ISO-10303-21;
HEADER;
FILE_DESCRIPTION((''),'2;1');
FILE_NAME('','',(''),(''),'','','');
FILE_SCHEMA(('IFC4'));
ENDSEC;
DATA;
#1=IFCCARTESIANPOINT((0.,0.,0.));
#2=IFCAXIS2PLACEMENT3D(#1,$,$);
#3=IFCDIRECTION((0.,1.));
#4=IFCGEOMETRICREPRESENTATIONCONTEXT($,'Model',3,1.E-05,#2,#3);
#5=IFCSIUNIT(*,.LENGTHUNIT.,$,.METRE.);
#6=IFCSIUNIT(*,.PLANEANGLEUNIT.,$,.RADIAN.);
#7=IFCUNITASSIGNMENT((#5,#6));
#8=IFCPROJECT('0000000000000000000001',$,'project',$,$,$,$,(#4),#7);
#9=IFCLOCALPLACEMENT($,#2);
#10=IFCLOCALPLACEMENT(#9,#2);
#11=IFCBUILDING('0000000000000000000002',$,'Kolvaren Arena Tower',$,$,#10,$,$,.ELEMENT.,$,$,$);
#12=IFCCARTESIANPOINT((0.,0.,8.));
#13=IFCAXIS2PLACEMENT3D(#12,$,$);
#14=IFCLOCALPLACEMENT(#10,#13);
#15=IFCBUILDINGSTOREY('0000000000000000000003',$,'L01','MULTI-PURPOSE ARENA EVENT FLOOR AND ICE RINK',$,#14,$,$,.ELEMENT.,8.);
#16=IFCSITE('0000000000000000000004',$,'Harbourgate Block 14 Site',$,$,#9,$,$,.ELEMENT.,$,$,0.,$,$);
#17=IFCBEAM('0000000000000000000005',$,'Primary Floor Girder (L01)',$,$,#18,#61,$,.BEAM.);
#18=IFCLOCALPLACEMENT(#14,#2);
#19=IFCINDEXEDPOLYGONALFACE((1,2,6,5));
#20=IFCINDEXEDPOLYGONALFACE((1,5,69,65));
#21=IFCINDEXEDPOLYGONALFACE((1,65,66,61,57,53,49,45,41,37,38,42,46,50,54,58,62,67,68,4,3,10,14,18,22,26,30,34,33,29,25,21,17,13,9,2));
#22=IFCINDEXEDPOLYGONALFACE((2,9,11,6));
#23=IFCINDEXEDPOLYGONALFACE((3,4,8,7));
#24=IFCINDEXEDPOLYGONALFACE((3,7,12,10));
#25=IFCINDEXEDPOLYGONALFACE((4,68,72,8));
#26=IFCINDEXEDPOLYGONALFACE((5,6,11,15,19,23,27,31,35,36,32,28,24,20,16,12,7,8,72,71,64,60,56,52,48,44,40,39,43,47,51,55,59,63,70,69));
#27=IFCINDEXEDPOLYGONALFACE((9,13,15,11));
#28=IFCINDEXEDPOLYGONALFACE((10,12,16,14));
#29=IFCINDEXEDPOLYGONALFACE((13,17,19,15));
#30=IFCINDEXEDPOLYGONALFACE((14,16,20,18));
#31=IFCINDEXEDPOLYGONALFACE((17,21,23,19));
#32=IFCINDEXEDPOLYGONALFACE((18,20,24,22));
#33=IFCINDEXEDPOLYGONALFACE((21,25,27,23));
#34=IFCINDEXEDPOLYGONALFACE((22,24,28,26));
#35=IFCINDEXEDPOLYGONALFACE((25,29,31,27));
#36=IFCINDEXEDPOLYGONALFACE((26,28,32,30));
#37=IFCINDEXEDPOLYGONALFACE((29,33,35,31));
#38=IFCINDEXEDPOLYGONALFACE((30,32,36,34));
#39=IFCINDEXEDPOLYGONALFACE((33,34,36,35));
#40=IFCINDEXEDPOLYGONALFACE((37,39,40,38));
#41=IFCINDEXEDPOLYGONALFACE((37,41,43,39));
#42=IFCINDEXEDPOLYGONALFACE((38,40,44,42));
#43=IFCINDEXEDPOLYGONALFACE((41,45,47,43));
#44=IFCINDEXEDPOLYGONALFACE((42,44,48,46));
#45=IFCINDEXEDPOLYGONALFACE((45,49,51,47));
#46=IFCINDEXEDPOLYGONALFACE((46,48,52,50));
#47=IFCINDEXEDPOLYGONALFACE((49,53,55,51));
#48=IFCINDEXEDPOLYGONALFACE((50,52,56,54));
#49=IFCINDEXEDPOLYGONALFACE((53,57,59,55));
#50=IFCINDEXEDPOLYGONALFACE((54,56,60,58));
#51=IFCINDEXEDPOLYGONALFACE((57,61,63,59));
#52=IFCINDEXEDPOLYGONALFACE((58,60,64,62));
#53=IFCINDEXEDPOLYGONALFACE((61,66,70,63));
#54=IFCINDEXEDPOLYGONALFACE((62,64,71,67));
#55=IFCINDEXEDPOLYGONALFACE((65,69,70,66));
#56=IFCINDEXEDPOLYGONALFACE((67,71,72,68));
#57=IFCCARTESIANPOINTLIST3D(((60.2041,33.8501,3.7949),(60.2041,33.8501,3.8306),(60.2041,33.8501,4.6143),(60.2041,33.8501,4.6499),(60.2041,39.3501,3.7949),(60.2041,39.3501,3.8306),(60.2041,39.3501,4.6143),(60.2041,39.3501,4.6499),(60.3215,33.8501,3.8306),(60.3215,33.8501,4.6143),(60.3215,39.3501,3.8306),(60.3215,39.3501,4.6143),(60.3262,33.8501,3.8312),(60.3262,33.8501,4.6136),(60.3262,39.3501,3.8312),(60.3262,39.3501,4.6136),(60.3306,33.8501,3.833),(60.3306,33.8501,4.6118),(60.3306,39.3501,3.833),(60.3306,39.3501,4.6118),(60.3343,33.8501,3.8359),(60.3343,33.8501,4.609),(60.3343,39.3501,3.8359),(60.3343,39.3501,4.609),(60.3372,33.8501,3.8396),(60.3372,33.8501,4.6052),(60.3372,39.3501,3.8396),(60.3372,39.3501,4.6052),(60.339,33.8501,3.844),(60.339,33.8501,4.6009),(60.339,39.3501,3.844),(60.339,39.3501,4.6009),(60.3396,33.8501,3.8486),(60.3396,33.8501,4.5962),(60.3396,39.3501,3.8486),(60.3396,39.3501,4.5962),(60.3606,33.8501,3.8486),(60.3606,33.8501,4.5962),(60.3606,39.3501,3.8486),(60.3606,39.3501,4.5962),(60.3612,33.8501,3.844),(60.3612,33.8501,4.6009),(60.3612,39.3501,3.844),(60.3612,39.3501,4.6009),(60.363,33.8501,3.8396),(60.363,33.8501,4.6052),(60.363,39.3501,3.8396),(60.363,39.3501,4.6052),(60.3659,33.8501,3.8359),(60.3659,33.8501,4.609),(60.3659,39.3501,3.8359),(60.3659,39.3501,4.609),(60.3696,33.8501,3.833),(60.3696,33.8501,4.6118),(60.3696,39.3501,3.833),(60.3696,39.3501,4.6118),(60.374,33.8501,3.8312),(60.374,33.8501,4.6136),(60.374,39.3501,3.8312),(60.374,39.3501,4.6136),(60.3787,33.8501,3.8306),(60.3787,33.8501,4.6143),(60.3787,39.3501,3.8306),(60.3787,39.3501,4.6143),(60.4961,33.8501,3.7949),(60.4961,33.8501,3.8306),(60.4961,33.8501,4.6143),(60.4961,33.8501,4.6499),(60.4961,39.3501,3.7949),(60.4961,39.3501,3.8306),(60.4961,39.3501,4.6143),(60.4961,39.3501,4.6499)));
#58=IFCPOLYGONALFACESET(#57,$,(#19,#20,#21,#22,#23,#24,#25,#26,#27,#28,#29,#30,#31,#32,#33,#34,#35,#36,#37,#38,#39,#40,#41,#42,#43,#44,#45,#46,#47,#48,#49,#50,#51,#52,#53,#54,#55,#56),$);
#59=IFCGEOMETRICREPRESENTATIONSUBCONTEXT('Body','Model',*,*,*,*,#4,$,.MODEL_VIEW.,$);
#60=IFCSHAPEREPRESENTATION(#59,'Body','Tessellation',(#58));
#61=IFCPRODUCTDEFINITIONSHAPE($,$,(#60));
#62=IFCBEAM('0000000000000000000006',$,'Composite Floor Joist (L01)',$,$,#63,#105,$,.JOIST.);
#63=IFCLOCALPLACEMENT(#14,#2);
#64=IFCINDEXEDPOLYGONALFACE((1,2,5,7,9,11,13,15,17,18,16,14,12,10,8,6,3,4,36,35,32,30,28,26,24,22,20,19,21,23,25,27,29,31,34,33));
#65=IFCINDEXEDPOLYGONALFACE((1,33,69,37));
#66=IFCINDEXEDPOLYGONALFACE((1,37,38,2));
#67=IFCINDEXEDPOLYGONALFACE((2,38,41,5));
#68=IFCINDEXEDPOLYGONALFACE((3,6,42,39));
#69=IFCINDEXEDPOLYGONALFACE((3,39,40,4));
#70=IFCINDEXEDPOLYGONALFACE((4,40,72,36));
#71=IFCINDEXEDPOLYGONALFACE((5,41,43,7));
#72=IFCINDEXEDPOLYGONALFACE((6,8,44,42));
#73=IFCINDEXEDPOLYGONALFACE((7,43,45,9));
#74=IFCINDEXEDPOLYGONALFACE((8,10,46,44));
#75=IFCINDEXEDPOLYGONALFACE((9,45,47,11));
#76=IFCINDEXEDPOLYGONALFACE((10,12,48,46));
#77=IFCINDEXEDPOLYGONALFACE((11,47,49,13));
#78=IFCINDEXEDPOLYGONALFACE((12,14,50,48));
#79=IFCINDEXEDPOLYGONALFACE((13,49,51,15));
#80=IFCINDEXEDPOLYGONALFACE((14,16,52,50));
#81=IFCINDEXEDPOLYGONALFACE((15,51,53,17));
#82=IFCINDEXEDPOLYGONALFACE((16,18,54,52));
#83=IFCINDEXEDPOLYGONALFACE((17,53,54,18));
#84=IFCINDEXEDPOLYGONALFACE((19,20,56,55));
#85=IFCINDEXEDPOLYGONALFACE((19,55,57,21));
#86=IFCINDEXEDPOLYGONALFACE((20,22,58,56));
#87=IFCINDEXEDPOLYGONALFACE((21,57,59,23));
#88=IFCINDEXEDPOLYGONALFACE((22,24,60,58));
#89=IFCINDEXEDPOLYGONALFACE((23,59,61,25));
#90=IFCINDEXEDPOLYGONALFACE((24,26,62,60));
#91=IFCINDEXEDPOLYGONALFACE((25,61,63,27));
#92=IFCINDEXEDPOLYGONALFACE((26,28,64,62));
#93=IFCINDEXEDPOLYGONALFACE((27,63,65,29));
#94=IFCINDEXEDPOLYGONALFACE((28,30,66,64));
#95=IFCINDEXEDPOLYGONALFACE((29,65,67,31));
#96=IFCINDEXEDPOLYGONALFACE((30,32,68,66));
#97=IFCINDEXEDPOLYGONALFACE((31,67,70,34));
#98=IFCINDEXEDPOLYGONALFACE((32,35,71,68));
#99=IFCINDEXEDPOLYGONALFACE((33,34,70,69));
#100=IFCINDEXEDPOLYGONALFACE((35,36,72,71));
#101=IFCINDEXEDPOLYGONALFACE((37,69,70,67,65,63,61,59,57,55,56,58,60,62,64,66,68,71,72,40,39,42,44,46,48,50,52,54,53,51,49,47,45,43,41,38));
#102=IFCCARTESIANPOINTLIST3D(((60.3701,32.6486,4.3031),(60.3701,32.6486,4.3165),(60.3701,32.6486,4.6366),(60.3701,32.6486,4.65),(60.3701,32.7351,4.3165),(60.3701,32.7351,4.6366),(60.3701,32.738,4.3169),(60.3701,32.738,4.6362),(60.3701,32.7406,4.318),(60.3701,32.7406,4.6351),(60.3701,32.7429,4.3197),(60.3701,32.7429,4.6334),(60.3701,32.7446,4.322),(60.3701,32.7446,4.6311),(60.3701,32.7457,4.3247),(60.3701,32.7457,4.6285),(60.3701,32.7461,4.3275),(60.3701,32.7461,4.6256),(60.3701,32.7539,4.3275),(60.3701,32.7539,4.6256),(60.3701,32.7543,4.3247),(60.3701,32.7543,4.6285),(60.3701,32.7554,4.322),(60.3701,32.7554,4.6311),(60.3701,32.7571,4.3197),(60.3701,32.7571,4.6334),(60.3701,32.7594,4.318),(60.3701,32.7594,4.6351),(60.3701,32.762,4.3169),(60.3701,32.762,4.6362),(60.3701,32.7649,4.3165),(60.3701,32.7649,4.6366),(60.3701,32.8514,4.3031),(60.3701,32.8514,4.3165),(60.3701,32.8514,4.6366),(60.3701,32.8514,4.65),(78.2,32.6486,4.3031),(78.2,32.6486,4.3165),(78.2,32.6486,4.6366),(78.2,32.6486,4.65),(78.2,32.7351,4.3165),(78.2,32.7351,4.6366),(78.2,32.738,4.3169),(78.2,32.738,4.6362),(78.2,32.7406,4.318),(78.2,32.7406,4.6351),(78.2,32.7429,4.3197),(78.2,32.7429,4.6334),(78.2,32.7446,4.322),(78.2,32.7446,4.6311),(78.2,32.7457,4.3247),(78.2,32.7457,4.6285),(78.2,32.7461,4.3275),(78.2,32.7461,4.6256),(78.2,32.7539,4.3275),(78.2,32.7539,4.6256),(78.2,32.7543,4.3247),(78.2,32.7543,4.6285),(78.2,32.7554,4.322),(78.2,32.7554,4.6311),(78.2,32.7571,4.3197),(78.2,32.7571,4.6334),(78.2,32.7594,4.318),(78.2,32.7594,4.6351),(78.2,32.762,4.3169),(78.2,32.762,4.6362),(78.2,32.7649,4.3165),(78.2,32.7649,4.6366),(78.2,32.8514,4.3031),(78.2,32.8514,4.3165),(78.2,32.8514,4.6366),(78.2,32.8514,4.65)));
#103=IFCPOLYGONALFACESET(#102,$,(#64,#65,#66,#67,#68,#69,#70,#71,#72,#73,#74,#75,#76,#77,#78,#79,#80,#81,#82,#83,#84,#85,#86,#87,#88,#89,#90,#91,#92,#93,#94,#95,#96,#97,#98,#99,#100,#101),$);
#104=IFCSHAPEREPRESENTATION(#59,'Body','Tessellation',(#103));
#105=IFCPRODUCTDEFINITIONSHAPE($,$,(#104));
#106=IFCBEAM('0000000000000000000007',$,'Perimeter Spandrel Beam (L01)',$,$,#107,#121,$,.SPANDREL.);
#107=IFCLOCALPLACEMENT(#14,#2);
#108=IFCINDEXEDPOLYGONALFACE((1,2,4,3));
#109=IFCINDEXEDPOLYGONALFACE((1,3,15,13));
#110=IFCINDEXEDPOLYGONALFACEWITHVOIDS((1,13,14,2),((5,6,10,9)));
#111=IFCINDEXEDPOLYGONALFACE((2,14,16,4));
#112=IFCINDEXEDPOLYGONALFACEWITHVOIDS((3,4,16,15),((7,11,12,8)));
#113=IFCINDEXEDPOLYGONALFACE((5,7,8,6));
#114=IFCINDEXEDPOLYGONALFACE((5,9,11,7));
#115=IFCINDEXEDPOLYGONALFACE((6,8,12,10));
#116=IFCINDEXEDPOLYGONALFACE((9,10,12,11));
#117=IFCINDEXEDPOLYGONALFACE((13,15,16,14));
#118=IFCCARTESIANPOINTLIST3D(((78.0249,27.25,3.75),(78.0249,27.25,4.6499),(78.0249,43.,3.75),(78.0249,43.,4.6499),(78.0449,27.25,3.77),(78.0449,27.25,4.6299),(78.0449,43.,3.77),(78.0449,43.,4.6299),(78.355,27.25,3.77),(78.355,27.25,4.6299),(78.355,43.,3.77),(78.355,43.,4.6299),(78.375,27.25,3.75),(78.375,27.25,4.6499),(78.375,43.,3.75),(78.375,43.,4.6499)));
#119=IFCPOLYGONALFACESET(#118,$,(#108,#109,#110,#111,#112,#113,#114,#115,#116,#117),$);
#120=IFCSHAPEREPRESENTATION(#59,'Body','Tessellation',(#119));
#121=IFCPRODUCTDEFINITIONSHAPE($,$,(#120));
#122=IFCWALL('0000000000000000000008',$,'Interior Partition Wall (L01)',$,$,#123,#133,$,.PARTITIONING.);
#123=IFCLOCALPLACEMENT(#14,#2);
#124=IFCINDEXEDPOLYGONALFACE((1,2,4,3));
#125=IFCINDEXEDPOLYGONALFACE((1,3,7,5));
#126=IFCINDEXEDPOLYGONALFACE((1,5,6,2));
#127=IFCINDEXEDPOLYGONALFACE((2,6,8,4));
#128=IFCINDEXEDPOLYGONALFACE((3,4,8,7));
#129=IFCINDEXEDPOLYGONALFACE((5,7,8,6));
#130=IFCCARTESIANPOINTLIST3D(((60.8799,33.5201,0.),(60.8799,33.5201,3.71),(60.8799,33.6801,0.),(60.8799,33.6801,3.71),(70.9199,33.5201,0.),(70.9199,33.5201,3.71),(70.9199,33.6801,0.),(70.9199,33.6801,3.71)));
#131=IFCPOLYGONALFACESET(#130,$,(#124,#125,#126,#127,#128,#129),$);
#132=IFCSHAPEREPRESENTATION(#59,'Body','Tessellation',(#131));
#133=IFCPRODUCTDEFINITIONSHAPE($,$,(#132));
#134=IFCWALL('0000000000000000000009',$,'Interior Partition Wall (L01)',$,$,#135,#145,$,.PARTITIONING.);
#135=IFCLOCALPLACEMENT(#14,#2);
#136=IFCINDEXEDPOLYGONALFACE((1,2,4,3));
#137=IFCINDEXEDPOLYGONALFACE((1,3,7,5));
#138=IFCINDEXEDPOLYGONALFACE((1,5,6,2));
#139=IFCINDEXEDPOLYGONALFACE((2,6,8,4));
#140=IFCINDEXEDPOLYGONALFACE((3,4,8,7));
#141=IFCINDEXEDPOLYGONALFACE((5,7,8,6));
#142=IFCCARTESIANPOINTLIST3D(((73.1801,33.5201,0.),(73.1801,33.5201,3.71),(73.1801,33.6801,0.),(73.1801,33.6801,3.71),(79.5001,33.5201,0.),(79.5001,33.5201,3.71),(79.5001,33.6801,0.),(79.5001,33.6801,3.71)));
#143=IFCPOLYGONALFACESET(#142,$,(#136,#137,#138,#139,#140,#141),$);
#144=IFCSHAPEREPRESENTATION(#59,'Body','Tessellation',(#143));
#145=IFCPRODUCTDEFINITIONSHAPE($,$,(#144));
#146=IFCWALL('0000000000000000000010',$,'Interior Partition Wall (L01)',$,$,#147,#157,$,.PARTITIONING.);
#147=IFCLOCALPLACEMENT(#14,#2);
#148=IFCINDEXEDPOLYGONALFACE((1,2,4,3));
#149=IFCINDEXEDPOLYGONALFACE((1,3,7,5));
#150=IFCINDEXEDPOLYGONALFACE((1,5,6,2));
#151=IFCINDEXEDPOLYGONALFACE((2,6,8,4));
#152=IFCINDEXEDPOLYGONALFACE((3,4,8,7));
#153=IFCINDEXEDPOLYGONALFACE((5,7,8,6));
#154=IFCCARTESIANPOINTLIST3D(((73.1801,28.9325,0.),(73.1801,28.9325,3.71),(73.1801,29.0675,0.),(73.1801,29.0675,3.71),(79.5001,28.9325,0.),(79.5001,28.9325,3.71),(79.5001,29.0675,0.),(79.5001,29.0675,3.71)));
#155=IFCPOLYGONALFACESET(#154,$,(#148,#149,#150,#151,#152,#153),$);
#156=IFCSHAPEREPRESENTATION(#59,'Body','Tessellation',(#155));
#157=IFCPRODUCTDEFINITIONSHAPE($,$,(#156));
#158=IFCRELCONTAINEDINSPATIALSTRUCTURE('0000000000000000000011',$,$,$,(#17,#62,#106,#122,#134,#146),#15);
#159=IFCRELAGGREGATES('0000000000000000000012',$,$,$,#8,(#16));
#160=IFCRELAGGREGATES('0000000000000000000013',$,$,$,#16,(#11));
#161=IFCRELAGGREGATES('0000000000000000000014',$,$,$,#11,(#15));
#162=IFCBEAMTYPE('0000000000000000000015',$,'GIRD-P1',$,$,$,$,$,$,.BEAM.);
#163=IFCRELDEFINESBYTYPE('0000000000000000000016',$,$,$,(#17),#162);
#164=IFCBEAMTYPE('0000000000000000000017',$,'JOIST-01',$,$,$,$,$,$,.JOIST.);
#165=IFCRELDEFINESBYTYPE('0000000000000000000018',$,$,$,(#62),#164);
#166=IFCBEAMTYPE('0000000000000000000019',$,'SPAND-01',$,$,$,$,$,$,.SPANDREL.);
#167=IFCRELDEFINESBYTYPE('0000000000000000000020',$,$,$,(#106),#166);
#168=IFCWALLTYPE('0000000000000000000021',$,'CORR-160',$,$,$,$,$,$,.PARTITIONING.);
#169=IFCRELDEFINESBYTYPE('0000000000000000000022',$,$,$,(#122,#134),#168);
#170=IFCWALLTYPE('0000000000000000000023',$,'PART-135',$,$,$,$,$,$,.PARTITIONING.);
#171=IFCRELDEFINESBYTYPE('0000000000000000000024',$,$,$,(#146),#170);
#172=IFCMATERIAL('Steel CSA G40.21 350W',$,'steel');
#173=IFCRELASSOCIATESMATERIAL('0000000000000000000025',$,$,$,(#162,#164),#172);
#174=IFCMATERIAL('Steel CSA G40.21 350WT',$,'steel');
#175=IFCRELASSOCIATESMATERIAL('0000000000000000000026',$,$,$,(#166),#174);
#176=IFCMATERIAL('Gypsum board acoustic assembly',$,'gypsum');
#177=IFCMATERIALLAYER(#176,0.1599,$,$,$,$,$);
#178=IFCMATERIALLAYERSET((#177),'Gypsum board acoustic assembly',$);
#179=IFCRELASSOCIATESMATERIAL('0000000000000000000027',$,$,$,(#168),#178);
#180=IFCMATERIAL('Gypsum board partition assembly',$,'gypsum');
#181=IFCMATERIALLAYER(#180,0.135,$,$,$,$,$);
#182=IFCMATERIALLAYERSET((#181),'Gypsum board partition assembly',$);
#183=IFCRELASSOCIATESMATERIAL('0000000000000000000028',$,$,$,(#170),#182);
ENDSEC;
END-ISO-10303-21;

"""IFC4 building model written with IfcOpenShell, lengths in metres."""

from ifc_helpers import new_model, si_unit, direction, frame, frame_2d, origin, origin_2d, place, context, subcontext, project, spatial, rectangle, hollow_rectangle, i_section, extrude, material, layer, layer_set, material_profile, profile_set, type_object, element, save


model = new_model("IFC4")

# Units and contexts
model_context = context("Model", 3, precision=1e-05, world=origin(), true_north=direction((0.0, 1.0)))
body_context = subcontext(model_context, "Body", "Model", "MODEL_VIEW")
ifc_project = project(units=[si_unit("LENGTHUNIT", "METRE"), si_unit("PLANEANGLEUNIT", "RADIAN")], contexts=[model_context])

# Site, building, storey
site_placement = place(None, origin())
site = spatial("IfcSite", under=ifc_project, at=site_placement, Name="Harbourgate Block 14 Site", CompositionType="ELEMENT", RefElevation=0.0)
building_placement = place(site_placement, origin())
building = spatial("IfcBuilding", under=site, at=building_placement, Name="Kolvaren Arena Tower", CompositionType="ELEMENT")
storey_placement = place(building_placement, frame((0.0, 0.0, 8.0)))
storey = spatial("IfcBuildingStorey", under=building, at=storey_placement, Name="L01", Description="MULTI-PURPOSE ARENA EVENT FLOOR AND ICE RINK", CompositionType="ELEMENT", Elevation=8.0)

# Beams
ifc_material_1 = material(Name="Steel CSA G40.21 350W", Category="steel")
ifc_material_profile_1 = material_profile(ifc_material_1, i_section(OverallWidth=0.292, OverallDepth=0.855, WebThickness=0.021, FlangeThickness=0.0356, FilletRadius=0.0181, at=origin_2d()), Name="W840x299")
ifc_profile_set_1 = profile_set([ifc_material_profile_1], Name="Steel CSA G40.21 350W")
beam_type_1 = type_object("IfcBeamType", Name="GIRD-P1", PredefinedType="BEAM", material=ifc_profile_set_1)
beam_1_placement = place(storey_placement, frame((60.3501, 33.8501, 4.2224), z_axis=(0.0, 1.0, 0.0), x_axis=(-1.0, 0.0, 0.0)))
element("IfcBeam", 1, at=beam_1_placement, inside=storey, type_object=beam_type_1, Name="Primary Floor Girder (L01)", PredefinedType="BEAM", context=body_context, shape_type="SweptSolid", body=[
    extrude(i_section(OverallWidth=0.292, OverallDepth=0.855, WebThickness=0.021, FlangeThickness=0.0356, FilletRadius=0.0181, at=origin_2d()), origin(), (0.0, 0.0, 1.0), 5.5),
])
ifc_material_profile_2 = material_profile(ifc_material_1, i_section(OverallWidth=0.2029, OverallDepth=0.3469, WebThickness=0.0078, FlangeThickness=0.0134, FilletRadius=0.011, at=origin_2d()), Name="W360x64")
ifc_profile_set_2 = profile_set([ifc_material_profile_2], Name="Steel CSA G40.21 350W")
beam_type_2 = type_object("IfcBeamType", Name="JOIST-01", PredefinedType="JOIST", material=ifc_profile_set_2)
beam_2_placement = place(storey_placement, frame((60.3701, 32.75, 4.4766), z_axis=(1.0, 0.0, 0.0), x_axis=(0.0, 1.0, 0.0)))
element("IfcBeam", 2, at=beam_2_placement, inside=storey, type_object=beam_type_2, Name="Composite Floor Joist (L01)", PredefinedType="JOIST", context=body_context, shape_type="SweptSolid", body=[
    extrude(i_section(OverallWidth=0.2029, OverallDepth=0.3469, WebThickness=0.0078, FlangeThickness=0.0134, FilletRadius=0.011, at=origin_2d()), origin(), (0.0, 0.0, 1.0), 17.8298),
])
ifc_material_2 = material(Name="Steel CSA G40.21 350WT", Category="steel")
ifc_material_profile_3 = material_profile(ifc_material_2, hollow_rectangle(XDim=0.3501, YDim=0.8999, WallThickness=0.02, at=origin_2d()), Name="HSS 900x350x20")
ifc_profile_set_3 = profile_set([ifc_material_profile_3], Name="Steel CSA G40.21 350WT")
beam_type_3 = type_object("IfcBeamType", Name="SPAND-01", PredefinedType="SPANDREL", material=ifc_profile_set_3)
beam_3_placement = place(storey_placement, frame((78.2, 27.25, 4.2), z_axis=(0.0, 1.0, 0.0), x_axis=(-1.0, 0.0, 0.0)))
element("IfcBeam", 3, at=beam_3_placement, inside=storey, type_object=beam_type_3, Name="Perimeter Spandrel Beam (L01)", PredefinedType="SPANDREL", context=body_context, shape_type="SweptSolid", body=[
    extrude(hollow_rectangle(XDim=0.3501, YDim=0.8999, WallThickness=0.02, at=origin_2d()), origin(), (0.0, 0.0, 1.0), 15.75),
])

# Walls
ifc_material_3 = material(Name="Gypsum board acoustic assembly", Category="gypsum")
ifc_layer_1 = layer(ifc_material_3, 0.1599)
ifc_layer_set_1 = layer_set([ifc_layer_1], Name="Gypsum board acoustic assembly")
wall_type_1 = type_object("IfcWallType", Name="CORR-160", PredefinedType="PARTITIONING", material=ifc_layer_set_1)
wall_1_placement = place(storey_placement, frame((60.8799, 33.6001, 0.0), z_axis=(0.0, 0.0, 1.0), x_axis=(1.0, 0.0, 0.0)))
element("IfcWall", 4, at=wall_1_placement, inside=storey, type_object=wall_type_1, Name="Interior Partition Wall (L01)", PredefinedType="PARTITIONING", context=body_context, shape_type="SweptSolid", body=[
    extrude(rectangle(XDim=10.04, YDim=0.1599, at=frame_2d((5.02, 0.0))), origin(), (0.0, 0.0, 1.0), 3.71),
])
wall_2_placement = place(storey_placement, frame((73.1799, 33.6001, 0.0), z_axis=(0.0, 0.0, 1.0), x_axis=(1.0, 0.0, 0.0)))
element("IfcWall", 5, at=wall_2_placement, inside=storey, type_object=wall_type_1, Name="Interior Partition Wall (L01)", PredefinedType="PARTITIONING", context=body_context, shape_type="SweptSolid", body=[
    extrude(rectangle(XDim=6.3201, YDim=0.1599, at=frame_2d((3.1602, 0.0))), origin(), (0.0, 0.0, 1.0), 3.71),
])
ifc_material_4 = material(Name="Gypsum board partition assembly", Category="gypsum")
ifc_layer_2 = layer(ifc_material_4, 0.135)
ifc_layer_set_2 = layer_set([ifc_layer_2], Name="Gypsum board partition assembly")
wall_type_2 = type_object("IfcWallType", Name="PART-135", PredefinedType="PARTITIONING", material=ifc_layer_set_2)
wall_3_placement = place(storey_placement, frame((73.1799, 29.0, 0.0), z_axis=(0.0, 0.0, 1.0), x_axis=(1.0, 0.0, 0.0)))
element("IfcWall", 6, at=wall_3_placement, inside=storey, type_object=wall_type_2, Name="Interior Partition Wall (L01)", PredefinedType="PARTITIONING", context=body_context, shape_type="SweptSolid", body=[
    extrude(rectangle(XDim=6.3201, YDim=0.135, at=frame_2d((3.1602, 0.0))), origin(), (0.0, 0.0, 1.0), 3.71),
])

save(model, "model.ifc")
